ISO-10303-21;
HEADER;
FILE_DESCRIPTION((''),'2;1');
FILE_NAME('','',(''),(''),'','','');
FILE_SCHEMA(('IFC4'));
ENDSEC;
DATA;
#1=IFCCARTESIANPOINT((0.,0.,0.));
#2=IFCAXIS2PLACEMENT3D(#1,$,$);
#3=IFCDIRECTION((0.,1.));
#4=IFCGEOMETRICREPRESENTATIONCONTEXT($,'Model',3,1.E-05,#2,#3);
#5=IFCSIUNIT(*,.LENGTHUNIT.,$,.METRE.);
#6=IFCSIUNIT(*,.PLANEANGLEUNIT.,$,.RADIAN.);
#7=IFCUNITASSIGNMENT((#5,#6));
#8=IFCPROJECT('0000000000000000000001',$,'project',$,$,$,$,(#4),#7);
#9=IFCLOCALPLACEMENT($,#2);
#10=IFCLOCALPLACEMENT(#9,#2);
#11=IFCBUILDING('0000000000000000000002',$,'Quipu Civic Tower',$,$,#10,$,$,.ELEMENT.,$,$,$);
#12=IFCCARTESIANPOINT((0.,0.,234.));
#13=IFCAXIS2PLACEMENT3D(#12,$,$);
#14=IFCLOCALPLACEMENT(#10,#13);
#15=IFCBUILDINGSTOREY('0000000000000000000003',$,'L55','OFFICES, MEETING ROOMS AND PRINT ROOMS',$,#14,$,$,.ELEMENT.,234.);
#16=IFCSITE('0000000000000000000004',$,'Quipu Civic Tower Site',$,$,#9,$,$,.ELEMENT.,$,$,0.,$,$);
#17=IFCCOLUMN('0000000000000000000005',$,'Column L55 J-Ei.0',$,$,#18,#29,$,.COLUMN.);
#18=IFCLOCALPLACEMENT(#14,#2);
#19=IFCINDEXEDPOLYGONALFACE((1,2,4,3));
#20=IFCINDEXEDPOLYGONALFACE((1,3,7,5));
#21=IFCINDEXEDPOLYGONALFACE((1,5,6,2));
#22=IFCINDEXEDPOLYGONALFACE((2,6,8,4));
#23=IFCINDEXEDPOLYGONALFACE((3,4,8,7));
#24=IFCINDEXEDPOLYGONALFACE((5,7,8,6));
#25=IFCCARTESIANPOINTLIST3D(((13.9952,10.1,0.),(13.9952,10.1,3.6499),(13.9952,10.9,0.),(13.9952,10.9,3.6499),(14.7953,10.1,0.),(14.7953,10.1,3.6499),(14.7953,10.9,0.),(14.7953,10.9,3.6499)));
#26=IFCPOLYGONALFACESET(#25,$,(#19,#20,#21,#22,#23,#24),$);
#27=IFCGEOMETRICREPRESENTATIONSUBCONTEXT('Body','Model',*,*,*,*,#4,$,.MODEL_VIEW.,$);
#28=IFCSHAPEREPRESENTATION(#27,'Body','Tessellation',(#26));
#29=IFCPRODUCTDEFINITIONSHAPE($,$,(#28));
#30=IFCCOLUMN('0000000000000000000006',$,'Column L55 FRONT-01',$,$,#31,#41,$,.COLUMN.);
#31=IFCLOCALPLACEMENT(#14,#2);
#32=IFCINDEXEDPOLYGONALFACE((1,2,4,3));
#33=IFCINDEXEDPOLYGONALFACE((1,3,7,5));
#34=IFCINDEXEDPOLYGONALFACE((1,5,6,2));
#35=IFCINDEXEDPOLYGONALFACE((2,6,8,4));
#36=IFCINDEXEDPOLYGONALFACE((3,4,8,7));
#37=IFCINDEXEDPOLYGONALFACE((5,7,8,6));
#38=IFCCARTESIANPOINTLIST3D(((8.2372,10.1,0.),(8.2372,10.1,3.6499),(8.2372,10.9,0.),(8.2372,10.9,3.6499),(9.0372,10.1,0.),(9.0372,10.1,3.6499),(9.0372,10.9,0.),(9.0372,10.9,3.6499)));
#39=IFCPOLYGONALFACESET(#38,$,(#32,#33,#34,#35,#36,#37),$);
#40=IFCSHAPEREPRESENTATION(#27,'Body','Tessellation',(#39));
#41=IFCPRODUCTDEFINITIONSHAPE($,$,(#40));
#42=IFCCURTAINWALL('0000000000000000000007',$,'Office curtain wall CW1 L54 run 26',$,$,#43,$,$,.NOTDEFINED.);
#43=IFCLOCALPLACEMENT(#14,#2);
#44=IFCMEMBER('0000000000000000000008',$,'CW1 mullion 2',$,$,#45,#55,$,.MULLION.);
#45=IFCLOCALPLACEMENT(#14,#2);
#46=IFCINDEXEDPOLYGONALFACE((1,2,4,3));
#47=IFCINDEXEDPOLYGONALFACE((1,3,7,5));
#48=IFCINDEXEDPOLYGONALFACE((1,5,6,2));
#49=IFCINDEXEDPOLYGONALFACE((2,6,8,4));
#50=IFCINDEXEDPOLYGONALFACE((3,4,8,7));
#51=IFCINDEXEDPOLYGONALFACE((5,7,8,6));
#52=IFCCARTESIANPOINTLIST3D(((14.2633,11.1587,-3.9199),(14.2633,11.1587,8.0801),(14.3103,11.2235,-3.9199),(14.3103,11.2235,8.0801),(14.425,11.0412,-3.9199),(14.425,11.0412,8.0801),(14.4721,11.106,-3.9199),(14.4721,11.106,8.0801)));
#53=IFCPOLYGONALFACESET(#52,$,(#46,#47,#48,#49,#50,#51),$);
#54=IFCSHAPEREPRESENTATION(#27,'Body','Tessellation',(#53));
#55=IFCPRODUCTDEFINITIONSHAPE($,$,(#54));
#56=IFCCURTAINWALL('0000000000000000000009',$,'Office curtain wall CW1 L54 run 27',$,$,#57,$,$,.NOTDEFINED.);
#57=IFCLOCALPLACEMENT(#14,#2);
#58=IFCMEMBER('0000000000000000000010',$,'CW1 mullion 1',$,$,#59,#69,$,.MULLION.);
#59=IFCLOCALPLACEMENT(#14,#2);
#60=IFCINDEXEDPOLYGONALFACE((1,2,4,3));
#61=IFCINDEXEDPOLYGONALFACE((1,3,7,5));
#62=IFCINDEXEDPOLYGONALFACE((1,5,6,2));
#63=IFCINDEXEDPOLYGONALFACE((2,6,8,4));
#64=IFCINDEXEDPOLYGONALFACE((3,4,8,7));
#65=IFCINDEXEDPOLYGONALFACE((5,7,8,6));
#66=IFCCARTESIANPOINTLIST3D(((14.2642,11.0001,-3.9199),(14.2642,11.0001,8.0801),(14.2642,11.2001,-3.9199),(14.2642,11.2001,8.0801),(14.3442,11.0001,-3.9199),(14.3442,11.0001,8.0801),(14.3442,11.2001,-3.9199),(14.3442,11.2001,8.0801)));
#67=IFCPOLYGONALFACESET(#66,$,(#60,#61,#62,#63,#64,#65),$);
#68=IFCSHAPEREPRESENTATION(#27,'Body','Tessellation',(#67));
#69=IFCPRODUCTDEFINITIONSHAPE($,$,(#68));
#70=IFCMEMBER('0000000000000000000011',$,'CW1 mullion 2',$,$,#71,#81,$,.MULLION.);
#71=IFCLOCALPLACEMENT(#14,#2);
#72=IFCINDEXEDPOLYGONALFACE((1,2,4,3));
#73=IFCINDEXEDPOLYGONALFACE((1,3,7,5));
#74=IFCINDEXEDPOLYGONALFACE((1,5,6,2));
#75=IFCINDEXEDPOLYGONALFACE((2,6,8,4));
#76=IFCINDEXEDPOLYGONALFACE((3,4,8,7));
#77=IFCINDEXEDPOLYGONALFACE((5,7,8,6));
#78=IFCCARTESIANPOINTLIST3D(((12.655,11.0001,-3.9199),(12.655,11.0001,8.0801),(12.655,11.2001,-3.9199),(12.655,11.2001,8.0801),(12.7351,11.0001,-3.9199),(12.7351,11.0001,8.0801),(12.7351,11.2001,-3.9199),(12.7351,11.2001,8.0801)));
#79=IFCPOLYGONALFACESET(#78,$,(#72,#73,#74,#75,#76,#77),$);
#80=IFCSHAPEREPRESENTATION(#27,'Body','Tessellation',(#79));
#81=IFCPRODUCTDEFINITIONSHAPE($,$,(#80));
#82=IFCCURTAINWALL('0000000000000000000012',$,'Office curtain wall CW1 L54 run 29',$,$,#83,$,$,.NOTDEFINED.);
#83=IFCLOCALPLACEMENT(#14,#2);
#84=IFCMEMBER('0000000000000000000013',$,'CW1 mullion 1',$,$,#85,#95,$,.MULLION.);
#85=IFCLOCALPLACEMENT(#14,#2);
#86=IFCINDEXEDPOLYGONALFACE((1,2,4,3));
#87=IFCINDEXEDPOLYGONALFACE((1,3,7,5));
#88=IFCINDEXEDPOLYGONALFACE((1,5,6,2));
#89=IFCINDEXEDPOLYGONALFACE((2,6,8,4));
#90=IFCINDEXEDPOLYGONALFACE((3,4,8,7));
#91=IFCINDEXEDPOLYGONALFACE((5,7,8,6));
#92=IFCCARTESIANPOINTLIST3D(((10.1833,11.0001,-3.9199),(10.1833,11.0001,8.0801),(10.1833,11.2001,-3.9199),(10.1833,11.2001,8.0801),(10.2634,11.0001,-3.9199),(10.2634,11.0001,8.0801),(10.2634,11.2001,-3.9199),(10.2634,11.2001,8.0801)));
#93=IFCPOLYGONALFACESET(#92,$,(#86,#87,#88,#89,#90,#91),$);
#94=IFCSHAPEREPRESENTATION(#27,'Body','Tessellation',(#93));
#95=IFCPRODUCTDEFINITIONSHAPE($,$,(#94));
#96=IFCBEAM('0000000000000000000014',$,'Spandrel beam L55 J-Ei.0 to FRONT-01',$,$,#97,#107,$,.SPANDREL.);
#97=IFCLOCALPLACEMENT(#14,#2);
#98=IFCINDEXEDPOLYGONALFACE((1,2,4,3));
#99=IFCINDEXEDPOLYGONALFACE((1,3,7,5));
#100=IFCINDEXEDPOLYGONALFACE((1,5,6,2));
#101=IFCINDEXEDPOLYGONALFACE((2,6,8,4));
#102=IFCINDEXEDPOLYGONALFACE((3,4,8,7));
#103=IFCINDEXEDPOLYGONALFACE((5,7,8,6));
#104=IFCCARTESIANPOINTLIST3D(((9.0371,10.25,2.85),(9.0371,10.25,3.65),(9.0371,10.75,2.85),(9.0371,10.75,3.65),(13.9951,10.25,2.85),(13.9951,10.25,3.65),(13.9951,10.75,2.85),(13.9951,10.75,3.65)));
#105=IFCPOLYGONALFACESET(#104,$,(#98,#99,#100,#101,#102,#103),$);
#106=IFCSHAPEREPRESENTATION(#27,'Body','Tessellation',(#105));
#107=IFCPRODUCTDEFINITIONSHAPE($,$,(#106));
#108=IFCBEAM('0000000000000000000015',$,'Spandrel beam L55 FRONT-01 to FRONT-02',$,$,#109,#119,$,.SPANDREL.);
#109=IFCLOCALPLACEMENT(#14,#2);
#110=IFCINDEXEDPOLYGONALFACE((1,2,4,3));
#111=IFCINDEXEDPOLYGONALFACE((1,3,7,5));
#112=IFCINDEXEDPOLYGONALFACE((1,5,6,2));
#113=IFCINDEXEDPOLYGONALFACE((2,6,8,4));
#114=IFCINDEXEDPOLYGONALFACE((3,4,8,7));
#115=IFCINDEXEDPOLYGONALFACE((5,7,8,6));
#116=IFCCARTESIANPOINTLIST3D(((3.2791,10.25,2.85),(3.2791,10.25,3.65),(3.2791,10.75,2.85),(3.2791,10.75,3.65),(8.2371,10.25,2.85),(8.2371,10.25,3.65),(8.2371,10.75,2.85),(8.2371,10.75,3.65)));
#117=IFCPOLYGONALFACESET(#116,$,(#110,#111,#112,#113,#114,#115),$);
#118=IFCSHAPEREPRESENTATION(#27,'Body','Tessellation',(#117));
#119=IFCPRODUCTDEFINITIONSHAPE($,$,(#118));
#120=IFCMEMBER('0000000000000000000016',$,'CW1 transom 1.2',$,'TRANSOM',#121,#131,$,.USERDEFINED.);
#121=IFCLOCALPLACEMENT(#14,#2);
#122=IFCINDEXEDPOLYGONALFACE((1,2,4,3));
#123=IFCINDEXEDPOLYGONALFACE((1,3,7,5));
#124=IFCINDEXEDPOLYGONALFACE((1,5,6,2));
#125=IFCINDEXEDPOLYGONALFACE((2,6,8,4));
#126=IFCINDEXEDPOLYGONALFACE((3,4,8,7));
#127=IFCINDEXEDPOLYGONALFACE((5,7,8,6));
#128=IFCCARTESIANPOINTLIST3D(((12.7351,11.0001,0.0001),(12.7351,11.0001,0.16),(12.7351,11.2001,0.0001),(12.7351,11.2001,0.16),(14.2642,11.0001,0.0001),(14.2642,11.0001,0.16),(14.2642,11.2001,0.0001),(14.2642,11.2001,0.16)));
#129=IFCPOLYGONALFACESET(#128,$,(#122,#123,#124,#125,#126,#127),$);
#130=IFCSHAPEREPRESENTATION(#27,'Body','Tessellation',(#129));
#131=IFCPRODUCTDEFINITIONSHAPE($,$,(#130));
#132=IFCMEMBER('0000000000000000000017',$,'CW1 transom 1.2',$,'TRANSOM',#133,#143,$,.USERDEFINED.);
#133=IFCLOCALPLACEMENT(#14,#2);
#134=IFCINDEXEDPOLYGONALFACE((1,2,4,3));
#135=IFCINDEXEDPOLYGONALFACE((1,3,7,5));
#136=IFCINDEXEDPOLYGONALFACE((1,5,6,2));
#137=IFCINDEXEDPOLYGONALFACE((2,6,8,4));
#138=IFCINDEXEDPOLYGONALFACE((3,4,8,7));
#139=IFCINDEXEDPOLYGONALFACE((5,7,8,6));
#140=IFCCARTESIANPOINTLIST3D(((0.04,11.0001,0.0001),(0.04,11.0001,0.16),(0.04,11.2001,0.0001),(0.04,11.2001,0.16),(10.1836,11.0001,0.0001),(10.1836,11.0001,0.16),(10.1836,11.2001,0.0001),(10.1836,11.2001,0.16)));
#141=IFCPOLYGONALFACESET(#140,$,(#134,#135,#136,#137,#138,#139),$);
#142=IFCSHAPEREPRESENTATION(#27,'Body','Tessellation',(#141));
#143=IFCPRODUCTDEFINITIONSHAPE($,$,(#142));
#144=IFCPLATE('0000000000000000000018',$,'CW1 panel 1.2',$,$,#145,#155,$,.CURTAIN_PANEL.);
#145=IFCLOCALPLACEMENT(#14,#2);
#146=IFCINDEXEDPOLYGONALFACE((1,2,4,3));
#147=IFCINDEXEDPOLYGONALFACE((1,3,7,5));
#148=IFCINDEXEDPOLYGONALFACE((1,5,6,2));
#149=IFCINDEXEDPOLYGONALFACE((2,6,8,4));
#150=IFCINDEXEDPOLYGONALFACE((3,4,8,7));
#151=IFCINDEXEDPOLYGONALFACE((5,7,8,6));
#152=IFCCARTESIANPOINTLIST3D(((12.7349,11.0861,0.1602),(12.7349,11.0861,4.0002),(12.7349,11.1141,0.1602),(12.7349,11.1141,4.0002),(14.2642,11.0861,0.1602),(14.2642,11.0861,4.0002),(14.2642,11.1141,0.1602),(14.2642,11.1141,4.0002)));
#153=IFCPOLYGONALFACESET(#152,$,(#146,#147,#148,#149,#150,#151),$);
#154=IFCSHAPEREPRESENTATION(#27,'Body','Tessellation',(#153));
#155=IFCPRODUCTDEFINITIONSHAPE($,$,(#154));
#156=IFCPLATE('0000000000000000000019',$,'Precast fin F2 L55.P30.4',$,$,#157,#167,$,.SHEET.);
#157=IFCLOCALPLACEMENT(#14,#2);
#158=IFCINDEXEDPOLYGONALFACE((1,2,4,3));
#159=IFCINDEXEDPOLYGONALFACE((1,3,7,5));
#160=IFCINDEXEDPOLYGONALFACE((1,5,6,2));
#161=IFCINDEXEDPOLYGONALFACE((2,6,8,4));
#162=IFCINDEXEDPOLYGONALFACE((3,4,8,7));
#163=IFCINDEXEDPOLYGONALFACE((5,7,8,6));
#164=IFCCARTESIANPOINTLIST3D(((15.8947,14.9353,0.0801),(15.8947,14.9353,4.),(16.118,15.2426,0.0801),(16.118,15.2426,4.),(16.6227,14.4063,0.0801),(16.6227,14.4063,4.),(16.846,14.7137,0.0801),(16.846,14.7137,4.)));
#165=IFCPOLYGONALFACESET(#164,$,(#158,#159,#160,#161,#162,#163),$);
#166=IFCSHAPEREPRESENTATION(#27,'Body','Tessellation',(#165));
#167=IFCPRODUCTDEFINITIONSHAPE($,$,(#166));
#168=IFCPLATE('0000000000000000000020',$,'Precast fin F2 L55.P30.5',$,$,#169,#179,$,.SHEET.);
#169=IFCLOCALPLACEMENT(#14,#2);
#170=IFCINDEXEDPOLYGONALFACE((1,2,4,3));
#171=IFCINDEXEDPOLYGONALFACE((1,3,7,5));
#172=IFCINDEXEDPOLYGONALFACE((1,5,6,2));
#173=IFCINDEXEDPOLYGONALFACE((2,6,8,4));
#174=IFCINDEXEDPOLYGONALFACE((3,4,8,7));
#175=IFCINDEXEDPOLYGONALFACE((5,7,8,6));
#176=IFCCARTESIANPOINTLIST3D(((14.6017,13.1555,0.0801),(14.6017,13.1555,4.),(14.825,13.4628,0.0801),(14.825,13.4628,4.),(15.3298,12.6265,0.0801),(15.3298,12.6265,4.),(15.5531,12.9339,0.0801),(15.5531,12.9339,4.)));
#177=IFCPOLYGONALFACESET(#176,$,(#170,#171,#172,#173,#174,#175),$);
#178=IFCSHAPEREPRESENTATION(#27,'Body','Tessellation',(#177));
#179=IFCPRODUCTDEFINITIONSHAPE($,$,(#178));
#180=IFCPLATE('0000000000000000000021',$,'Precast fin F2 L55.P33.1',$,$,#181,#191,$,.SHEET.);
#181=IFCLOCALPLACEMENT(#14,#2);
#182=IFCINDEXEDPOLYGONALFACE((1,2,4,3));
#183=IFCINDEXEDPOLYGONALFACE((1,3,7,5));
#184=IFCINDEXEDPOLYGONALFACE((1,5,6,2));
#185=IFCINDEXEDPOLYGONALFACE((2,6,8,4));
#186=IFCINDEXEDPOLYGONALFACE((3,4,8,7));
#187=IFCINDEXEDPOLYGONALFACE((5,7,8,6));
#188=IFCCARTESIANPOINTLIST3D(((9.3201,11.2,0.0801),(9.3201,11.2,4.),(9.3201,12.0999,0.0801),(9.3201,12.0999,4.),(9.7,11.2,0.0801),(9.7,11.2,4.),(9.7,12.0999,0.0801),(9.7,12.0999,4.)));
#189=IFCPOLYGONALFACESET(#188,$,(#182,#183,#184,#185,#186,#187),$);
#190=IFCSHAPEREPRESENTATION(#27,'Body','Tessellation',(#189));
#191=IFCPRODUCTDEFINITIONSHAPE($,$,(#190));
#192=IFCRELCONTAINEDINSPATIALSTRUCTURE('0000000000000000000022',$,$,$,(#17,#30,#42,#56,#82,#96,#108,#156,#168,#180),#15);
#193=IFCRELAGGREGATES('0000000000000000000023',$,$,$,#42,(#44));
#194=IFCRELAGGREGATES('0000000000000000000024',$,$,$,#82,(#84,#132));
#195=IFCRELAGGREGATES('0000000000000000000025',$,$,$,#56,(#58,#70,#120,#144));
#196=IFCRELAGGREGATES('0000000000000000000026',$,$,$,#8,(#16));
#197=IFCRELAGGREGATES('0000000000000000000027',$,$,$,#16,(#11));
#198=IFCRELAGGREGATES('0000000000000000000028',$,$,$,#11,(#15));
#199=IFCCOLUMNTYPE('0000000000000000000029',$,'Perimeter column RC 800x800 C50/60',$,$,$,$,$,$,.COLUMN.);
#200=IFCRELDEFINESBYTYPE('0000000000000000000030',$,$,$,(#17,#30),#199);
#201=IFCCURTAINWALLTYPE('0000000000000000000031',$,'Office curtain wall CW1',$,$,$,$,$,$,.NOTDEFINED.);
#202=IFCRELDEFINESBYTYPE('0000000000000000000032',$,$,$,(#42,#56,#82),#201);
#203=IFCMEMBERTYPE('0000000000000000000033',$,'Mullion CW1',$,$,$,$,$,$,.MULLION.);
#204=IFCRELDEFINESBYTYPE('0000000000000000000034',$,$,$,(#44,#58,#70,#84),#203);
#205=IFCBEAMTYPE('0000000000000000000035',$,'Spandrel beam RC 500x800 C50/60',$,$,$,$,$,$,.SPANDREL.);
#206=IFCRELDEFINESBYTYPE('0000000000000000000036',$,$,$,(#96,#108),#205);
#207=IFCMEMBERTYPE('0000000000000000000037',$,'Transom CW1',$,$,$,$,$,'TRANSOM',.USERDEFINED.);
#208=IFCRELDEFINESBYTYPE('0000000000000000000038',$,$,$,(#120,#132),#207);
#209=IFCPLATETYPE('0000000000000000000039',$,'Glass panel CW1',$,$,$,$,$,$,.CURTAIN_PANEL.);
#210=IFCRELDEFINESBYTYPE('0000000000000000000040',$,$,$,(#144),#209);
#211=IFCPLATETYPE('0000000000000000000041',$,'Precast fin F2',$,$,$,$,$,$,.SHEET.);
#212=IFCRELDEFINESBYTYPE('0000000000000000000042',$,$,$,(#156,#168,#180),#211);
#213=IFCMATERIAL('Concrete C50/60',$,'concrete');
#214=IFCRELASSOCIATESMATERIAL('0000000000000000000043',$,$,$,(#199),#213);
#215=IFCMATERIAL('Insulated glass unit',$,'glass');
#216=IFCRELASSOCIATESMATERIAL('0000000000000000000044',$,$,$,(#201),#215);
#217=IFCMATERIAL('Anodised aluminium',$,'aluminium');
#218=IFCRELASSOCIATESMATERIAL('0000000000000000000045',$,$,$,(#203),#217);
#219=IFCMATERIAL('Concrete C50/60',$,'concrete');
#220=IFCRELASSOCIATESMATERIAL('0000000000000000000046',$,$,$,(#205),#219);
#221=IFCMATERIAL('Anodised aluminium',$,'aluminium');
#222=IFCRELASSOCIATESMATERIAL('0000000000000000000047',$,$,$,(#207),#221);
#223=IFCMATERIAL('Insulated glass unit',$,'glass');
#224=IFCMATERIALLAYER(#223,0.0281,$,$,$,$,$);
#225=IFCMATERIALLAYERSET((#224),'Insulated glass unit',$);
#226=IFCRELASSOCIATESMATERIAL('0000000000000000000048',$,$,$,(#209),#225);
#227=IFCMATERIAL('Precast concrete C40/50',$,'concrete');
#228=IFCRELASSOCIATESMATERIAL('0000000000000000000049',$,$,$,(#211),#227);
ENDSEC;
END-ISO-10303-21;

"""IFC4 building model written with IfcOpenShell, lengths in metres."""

from ifc_helpers import new_model, si_unit, direction, frame, origin, origin_2d, place, context, subcontext, project, spatial, rectangle, extrude, material, layer, layer_set, material_profile, profile_set, type_object, element, aggregate, save


model = new_model("IFC4")

# Units and contexts
model_context = context("Model", 3, precision=1e-05, world=origin(), true_north=direction((0.0, 1.0)))
body_context = subcontext(model_context, "Body", "Model", "MODEL_VIEW")
ifc_project = project(units=[si_unit("LENGTHUNIT", "METRE"), si_unit("PLANEANGLEUNIT", "RADIAN")], contexts=[model_context])

# Site, building, storey
site_placement = place(None, origin())
site = spatial("IfcSite", under=ifc_project, at=site_placement, Name="Quipu Civic Tower Site", CompositionType="ELEMENT", RefElevation=0.0)
building_placement = place(site_placement, origin())
building = spatial("IfcBuilding", under=site, at=building_placement, Name="Quipu Civic Tower", CompositionType="ELEMENT")
storey_placement = place(building_placement, frame((0.0, 0.0, 234.0)))
storey = spatial("IfcBuildingStorey", under=building, at=storey_placement, Name="L55", Description="OFFICES, MEETING ROOMS AND PRINT ROOMS", CompositionType="ELEMENT", Elevation=234.0)

# Columns
ifc_material_1 = material(Name="Concrete C50/60", Category="concrete")
ifc_material_profile_1 = material_profile(ifc_material_1, rectangle(XDim=0.8, YDim=0.8, at=origin_2d()), Name="RC800x800")
ifc_profile_set_1 = profile_set([ifc_material_profile_1], Name="Concrete C50/60")
column_type = type_object("IfcColumnType", Name="Perimeter column RC 800x800 C50/60", PredefinedType="COLUMN", material=ifc_profile_set_1)
for number, where, z_axis, x_axis, name in (
    (1, (14.3953, 10.5, 0.0), (0.0, 0.0, 1.0), (-1.0, 0.0, 0.0), "Column L55 J-Ei.0"),
    (2, (8.6372, 10.5, 0.0), (0.0, 0.0, 1.0), (-1.0, 0.0, 0.0), "Column L55 FRONT-01"),
):
    element("IfcColumn", number, at=place(storey_placement, frame(where, z_axis=z_axis, x_axis=x_axis)), inside=storey, type_object=column_type, Name=name, PredefinedType="COLUMN", context=body_context, shape_type="SweptSolid", body=[
        extrude(rectangle(XDim=0.8, YDim=0.8, at=origin_2d()), origin(), (0.0, 0.0, 1.0), 3.6499),
    ])

# Curtain wall, member
ifc_material_2 = material(Name="Insulated glass unit", Category="glass")
curtain_wall_type = type_object("IfcCurtainWallType", Name="Office curtain wall CW1", PredefinedType="NOTDEFINED", material=ifc_material_2)
curtain_wall_1_placement = place(storey_placement, origin())
curtain_wall_1 = element("IfcCurtainWall", 3, at=curtain_wall_1_placement, inside=storey, type_object=curtain_wall_type, Name="Office curtain wall CW1 L54 run 26", PredefinedType="NOTDEFINED")
ifc_material_3 = material(Name="Anodised aluminium", Category="aluminium")
ifc_material_profile_2 = material_profile(ifc_material_3, rectangle(XDim=0.2, YDim=0.0801, at=origin_2d()), Name="RECT 200x80")
ifc_profile_set_2 = profile_set([ifc_material_profile_2], Name="Anodised aluminium")
member_type_1 = type_object("IfcMemberType", Name="Mullion CW1", PredefinedType="MULLION", material=ifc_profile_set_2)
member_1_placement = place(storey_placement, frame((14.3677, 11.1323, -3.9199), z_axis=(0.0, 0.0, 1.0), x_axis=(0.809015, -0.587788, 0.0)))
member_1 = element("IfcMember", 4, at=member_1_placement, type_object=member_type_1, Name="CW1 mullion 2", PredefinedType="MULLION", context=body_context, shape_type="SweptSolid", body=[
    extrude(rectangle(XDim=0.2, YDim=0.0801, at=origin_2d()), origin(), (0.0, 0.0, 1.0), 12.0),
])
aggregate(curtain_wall_1, [member_1])

# Curtain wall, members
curtain_wall_2_placement = place(storey_placement, origin())
curtain_wall_2 = element("IfcCurtainWall", 5, at=curtain_wall_2_placement, inside=storey, type_object=curtain_wall_type, Name="Office curtain wall CW1 L54 run 27", PredefinedType="NOTDEFINED")
member_2_placement = place(storey_placement, frame((14.3042, 11.1001, -3.9199), z_axis=(0.0, 0.0, 1.0), x_axis=(0.0, -1.0, 0.0)))
member_2 = element("IfcMember", 6, at=member_2_placement, type_object=member_type_1, Name="CW1 mullion 1", PredefinedType="MULLION", context=body_context, shape_type="SweptSolid", body=[
    extrude(rectangle(XDim=0.2, YDim=0.0801, at=origin_2d()), origin(), (0.0, 0.0, 1.0), 12.0),
])
member_3_placement = place(storey_placement, frame((12.6951, 11.1001, -3.9199), z_axis=(0.0, 0.0, 1.0), x_axis=(0.0, -1.0, 0.0)))
member_3 = element("IfcMember", 7, at=member_3_placement, type_object=member_type_1, Name="CW1 mullion 2", PredefinedType="MULLION", context=body_context, shape_type="SweptSolid", body=[
    extrude(rectangle(XDim=0.2, YDim=0.0801, at=origin_2d()), origin(), (0.0, 0.0, 1.0), 12.0),
])

# Curtain wall, member
curtain_wall_3_placement = place(storey_placement, origin())
curtain_wall_3 = element("IfcCurtainWall", 8, at=curtain_wall_3_placement, inside=storey, type_object=curtain_wall_type, Name="Office curtain wall CW1 L54 run 29", PredefinedType="NOTDEFINED")
member_4_placement = place(storey_placement, frame((10.2234, 11.1001, -3.9199), z_axis=(0.0, 0.0, 1.0), x_axis=(0.0, -1.0, 0.0)))
member_4 = element("IfcMember", 9, at=member_4_placement, type_object=member_type_1, Name="CW1 mullion 1", PredefinedType="MULLION", context=body_context, shape_type="SweptSolid", body=[
    extrude(rectangle(XDim=0.2, YDim=0.0801, at=origin_2d()), origin(), (0.0, 0.0, 1.0), 12.0),
])

# Beams
ifc_material_4 = material(Name="Concrete C50/60", Category="concrete")
ifc_material_profile_3 = material_profile(ifc_material_4, rectangle(XDim=0.5, YDim=0.8, at=origin_2d()), Name="RC500x800")
ifc_profile_set_3 = profile_set([ifc_material_profile_3], Name="Concrete C50/60")
beam_type = type_object("IfcBeamType", Name="Spandrel beam RC 500x800 C50/60", PredefinedType="SPANDREL", material=ifc_profile_set_3)
for number, where, z_axis, x_axis, name in (
    (10, (13.9951, 10.5, 3.25), (-1.0, 0.0, 0.0), (0.0, -1.0, 0.0), "Spandrel beam L55 J-Ei.0 to FRONT-01"),
    (11, (8.2371, 10.5, 3.25), (-1.0, 0.0, 0.0), (0.0, -1.0, 0.0), "Spandrel beam L55 FRONT-01 to FRONT-02"),
):
    element("IfcBeam", number, at=place(storey_placement, frame(where, z_axis=z_axis, x_axis=x_axis)), inside=storey, type_object=beam_type, Name=name, PredefinedType="SPANDREL", context=body_context, shape_type="SweptSolid", body=[
        extrude(rectangle(XDim=0.5, YDim=0.8, at=origin_2d()), origin(), (0.0, 0.0, 1.0), 4.958),
    ])

# Members
ifc_material_5 = material(Name="Anodised aluminium", Category="aluminium")
ifc_material_profile_4 = material_profile(ifc_material_5, rectangle(XDim=0.2, YDim=0.1599, at=origin_2d()), Name="RECT 200x160")
ifc_profile_set_4 = profile_set([ifc_material_profile_4], Name="Anodised aluminium")
member_type_2 = type_object("IfcMemberType", Name="Transom CW1", ElementType="TRANSOM", PredefinedType="USERDEFINED", material=ifc_profile_set_4)
member_5_placement = place(storey_placement, frame((14.2642, 11.1001, 0.0801), z_axis=(-1.0, 0.0, 0.0), x_axis=(0.0, -1.0, 0.0)))
member_5 = element("IfcMember", 12, at=member_5_placement, type_object=member_type_2, Name="CW1 transom 1.2", ObjectType="TRANSOM", PredefinedType="USERDEFINED", context=body_context, shape_type="SweptSolid", body=[
    extrude(rectangle(XDim=0.2, YDim=0.1599, at=origin_2d()), origin(), (0.0, 0.0, 1.0), 1.5291),
])
member_6_placement = place(storey_placement, frame((10.1836, 11.1001, 0.0801), z_axis=(-1.0, 0.0, 0.0), x_axis=(0.0, -1.0, 0.0)))
member_6 = element("IfcMember", 13, at=member_6_placement, type_object=member_type_2, Name="CW1 transom 1.2", ObjectType="TRANSOM", PredefinedType="USERDEFINED", context=body_context, shape_type="SweptSolid", body=[
    extrude(rectangle(XDim=0.2, YDim=0.1599, at=origin_2d()), origin(), (0.0, 0.0, 1.0), 10.1436),
])
aggregate(curtain_wall_3, [member_4, member_6])

# Plate
ifc_material_6 = material(Name="Insulated glass unit", Category="glass")
ifc_layer_1 = layer(ifc_material_6, 0.0281)
ifc_layer_set_1 = layer_set([ifc_layer_1], Name="Insulated glass unit")
plate_type_1 = type_object("IfcPlateType", Name="Glass panel CW1", PredefinedType="CURTAIN_PANEL", material=ifc_layer_set_1)
plate_placement = place(storey_placement, frame((13.4995, 11.1001, 0.1602), z_axis=(0.0, 0.0, 1.0), x_axis=(-1.0, 0.0, 0.0)))
plate = element("IfcPlate", 14, at=plate_placement, type_object=plate_type_1, Name="CW1 panel 1.2", PredefinedType="CURTAIN_PANEL", context=body_context, shape_type="SweptSolid", body=[
    extrude(rectangle(XDim=1.5293, YDim=0.0281, at=origin_2d()), origin(), (0.0, 0.0, 1.0), 3.8401),
])
aggregate(curtain_wall_2, [member_2, member_3, member_5, plate])

# Plates
ifc_material_7 = material(Name="Precast concrete C40/50", Category="concrete")
plate_type_2 = type_object("IfcPlateType", Name="Precast fin F2", PredefinedType="SHEET", material=ifc_material_7)
for number, where, z_axis, x_axis, name in (
    (15, (16.3704, 14.8245, 0.0801), (0.0, 0.0, 1.0), (-0.587784, -0.809018, 0.0), "Precast fin F2 L55.P30.4"),
    (16, (15.0774, 13.0447, 0.0801), (0.0, 0.0, 1.0), (-0.587784, -0.809018, 0.0), "Precast fin F2 L55.P30.5"),
    (17, (9.51, 11.6499, 0.0801), (0.0, 0.0, 1.0), (-1.0, 0.0, 0.0), "Precast fin F2 L55.P33.1"),
):
    element("IfcPlate", number, at=place(storey_placement, frame(where, z_axis=z_axis, x_axis=x_axis)), inside=storey, type_object=plate_type_2, Name=name, PredefinedType="SHEET", context=body_context, shape_type="SweptSolid", body=[
        extrude(rectangle(XDim=0.3799, YDim=0.8999, at=origin_2d()), origin(), (0.0, 0.0, 1.0), 3.9199),
    ])

save(model, "model.ifc")
